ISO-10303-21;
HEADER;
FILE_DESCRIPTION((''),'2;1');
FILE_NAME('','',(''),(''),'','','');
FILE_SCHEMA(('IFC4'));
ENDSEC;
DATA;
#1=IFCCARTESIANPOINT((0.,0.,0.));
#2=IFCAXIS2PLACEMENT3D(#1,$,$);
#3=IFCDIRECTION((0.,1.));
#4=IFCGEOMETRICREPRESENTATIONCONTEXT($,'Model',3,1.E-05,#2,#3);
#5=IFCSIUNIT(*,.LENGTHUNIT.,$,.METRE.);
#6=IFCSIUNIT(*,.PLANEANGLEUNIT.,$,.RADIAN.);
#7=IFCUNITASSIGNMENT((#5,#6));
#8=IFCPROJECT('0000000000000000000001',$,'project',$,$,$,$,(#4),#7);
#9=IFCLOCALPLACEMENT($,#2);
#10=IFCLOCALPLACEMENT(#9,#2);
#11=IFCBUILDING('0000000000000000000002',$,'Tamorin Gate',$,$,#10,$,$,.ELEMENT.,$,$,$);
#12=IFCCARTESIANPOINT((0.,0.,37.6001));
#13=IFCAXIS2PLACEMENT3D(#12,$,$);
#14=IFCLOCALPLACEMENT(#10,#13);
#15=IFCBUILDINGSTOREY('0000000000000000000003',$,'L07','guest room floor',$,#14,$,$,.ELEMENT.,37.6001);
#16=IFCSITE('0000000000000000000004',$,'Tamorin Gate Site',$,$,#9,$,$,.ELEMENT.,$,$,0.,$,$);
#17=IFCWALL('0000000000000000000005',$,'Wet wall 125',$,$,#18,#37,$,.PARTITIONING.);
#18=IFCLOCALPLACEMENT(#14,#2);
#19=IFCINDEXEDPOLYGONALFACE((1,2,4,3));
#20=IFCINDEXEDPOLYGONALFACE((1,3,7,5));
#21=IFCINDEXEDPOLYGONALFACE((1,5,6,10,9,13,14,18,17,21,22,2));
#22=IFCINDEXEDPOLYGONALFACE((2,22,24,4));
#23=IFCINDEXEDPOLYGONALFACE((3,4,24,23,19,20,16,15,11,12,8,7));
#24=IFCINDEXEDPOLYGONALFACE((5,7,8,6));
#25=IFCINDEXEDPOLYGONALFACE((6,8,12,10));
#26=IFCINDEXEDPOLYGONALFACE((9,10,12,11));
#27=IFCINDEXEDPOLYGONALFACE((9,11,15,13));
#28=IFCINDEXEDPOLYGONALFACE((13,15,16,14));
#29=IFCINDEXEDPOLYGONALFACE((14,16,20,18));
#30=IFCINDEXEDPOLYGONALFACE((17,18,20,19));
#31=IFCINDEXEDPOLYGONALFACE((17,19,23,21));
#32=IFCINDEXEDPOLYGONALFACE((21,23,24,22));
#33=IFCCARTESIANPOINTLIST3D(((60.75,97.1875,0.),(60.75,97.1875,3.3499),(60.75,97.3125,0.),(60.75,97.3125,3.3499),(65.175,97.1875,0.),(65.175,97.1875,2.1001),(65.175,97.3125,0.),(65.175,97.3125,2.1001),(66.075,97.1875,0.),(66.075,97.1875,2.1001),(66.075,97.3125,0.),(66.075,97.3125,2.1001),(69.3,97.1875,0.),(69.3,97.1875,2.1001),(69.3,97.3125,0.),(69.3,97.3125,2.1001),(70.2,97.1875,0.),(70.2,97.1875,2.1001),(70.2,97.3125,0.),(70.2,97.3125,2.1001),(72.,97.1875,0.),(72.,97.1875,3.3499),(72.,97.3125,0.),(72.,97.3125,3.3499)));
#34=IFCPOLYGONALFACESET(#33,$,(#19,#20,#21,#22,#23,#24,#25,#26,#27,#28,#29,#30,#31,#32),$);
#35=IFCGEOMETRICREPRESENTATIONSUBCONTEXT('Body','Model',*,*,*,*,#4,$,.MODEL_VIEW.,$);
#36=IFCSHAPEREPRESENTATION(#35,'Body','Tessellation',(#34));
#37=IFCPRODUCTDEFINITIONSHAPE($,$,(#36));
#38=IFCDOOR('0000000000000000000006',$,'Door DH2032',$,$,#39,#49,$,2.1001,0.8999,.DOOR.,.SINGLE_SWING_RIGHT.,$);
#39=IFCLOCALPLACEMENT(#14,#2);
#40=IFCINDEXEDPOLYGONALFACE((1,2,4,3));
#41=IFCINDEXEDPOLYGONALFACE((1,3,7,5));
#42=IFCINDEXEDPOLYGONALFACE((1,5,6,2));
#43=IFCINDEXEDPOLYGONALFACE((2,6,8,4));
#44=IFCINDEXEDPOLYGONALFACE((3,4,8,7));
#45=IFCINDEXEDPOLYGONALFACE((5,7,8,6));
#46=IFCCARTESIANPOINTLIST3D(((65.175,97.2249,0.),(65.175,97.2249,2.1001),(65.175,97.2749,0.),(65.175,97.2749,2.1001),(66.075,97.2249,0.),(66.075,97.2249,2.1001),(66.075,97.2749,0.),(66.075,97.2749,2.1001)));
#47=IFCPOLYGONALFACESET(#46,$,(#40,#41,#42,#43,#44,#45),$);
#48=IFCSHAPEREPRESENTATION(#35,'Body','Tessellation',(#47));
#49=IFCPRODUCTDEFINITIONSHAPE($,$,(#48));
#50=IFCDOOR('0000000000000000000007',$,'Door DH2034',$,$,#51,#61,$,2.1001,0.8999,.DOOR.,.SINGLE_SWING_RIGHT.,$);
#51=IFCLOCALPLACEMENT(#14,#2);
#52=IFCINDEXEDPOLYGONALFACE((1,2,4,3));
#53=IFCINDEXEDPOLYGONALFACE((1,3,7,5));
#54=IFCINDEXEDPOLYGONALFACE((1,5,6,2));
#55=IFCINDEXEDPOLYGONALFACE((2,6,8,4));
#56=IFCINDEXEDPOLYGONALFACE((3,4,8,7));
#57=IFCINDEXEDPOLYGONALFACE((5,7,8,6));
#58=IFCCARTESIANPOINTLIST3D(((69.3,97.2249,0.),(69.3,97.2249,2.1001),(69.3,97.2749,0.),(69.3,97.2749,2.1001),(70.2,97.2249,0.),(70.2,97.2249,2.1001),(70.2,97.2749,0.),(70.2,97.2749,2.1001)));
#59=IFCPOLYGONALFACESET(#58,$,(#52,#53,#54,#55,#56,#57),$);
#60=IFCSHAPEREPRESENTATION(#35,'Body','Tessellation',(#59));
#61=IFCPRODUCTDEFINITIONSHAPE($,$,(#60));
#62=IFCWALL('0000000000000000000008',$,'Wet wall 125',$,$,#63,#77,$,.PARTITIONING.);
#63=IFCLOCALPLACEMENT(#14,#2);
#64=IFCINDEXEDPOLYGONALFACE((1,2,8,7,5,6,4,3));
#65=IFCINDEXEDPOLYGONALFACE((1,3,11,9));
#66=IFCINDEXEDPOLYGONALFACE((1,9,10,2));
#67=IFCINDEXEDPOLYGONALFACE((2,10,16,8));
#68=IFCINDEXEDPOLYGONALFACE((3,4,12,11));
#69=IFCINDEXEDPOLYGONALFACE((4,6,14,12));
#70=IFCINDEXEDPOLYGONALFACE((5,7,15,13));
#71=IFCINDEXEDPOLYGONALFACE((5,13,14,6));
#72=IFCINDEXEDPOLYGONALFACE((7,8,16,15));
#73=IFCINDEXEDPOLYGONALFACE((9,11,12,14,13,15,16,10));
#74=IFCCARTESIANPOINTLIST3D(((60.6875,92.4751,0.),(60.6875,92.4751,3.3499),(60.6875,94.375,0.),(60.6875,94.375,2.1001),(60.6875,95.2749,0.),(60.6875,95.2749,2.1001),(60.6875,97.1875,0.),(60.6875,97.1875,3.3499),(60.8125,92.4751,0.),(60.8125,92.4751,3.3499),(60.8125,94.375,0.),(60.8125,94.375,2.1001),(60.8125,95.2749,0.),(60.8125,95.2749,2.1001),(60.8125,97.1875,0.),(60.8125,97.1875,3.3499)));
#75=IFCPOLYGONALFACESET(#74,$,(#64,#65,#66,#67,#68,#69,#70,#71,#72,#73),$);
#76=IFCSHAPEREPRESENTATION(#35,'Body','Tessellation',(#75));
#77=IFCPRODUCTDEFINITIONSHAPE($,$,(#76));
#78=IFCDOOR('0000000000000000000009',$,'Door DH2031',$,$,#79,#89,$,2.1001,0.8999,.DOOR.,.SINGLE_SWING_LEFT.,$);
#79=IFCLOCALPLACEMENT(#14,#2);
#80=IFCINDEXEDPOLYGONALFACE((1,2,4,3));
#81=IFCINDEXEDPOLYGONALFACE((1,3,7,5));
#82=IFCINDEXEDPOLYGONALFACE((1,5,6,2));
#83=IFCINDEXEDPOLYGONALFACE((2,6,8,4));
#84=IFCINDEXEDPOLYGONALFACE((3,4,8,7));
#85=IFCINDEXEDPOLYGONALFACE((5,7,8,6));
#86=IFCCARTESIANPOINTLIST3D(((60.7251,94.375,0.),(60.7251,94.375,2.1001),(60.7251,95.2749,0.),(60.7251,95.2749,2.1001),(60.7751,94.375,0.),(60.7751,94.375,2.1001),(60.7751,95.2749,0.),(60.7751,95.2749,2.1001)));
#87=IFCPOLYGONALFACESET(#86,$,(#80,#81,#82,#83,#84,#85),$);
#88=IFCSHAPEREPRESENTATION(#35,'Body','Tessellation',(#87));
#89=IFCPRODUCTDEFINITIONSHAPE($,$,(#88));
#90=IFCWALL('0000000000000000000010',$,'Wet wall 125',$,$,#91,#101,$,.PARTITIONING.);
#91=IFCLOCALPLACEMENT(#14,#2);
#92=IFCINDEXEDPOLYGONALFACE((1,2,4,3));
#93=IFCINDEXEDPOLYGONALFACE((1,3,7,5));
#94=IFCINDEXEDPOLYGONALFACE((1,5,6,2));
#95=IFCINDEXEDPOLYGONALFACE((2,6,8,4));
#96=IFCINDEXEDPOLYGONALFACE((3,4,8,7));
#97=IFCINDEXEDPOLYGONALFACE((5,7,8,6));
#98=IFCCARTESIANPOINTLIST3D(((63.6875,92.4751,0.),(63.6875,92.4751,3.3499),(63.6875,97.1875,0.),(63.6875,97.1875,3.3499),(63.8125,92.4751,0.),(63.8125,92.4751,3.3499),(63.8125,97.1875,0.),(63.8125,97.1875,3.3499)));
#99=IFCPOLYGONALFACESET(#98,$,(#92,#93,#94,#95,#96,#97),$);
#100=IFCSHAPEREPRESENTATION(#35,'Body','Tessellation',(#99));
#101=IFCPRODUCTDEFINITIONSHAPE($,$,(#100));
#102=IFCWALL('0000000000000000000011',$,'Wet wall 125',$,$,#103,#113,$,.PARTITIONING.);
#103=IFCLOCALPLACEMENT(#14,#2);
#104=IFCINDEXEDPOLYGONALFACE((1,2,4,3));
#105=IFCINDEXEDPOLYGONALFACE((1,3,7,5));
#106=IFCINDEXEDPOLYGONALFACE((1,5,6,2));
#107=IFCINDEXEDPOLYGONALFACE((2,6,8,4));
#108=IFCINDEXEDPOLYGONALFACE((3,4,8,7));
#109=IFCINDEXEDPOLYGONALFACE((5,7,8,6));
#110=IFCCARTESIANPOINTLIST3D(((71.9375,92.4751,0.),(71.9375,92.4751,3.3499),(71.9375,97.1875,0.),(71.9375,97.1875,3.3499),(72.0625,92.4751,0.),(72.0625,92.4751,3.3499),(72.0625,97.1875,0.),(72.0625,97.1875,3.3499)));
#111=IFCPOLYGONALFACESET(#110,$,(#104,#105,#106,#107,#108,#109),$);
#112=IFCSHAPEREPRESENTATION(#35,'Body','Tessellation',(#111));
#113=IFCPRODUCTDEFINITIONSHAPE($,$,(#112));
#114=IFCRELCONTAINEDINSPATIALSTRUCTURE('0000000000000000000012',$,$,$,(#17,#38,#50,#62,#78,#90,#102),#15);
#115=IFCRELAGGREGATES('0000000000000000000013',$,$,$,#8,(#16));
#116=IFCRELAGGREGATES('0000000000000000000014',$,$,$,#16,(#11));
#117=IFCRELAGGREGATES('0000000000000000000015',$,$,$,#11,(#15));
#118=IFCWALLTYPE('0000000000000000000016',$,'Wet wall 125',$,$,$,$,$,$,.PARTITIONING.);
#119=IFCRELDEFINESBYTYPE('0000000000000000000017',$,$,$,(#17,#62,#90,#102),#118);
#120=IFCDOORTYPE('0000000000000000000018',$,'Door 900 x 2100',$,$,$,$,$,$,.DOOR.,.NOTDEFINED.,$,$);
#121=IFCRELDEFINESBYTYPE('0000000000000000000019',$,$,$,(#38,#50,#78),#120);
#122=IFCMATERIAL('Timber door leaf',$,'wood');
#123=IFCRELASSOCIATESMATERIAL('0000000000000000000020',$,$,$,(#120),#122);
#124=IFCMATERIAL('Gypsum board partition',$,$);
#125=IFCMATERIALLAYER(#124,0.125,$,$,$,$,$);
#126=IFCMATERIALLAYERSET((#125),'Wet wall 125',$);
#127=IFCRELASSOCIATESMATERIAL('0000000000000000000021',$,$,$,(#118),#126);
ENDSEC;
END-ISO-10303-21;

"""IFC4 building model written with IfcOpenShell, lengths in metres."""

from ifc_helpers import new_model, si_unit, direction, frame, frame_2d, origin, place, context, subcontext, project, spatial, rectangle, extrude, material, layer, layer_set, type_object, element, fill, save


model = new_model("IFC4")

# Units and contexts
model_context = context("Model", 3, precision=1e-05, world=origin(), true_north=direction((0.0, 1.0)))
body_context = subcontext(model_context, "Body", "Model", "MODEL_VIEW")
ifc_project = project(units=[si_unit("LENGTHUNIT", "METRE"), si_unit("PLANEANGLEUNIT", "RADIAN")], contexts=[model_context])

# Site, building, storey
site_placement = place(None, origin())
site = spatial("IfcSite", under=ifc_project, at=site_placement, Name="Tamorin Gate Site", CompositionType="ELEMENT", RefElevation=0.0)
building_placement = place(site_placement, origin())
building = spatial("IfcBuilding", under=site, at=building_placement, Name="Tamorin Gate", CompositionType="ELEMENT")
storey_placement = place(building_placement, frame((0.0, 0.0, 37.6001)))
storey = spatial("IfcBuildingStorey", under=building, at=storey_placement, Name="L07", Description="guest room floor", CompositionType="ELEMENT", Elevation=37.6001)

# Shared definitions
ifc_material_1 = material(Name="Gypsum board partition")

# Shared definitions
ifc_material_2 = material(Name="Timber door leaf", Category="wood")
door_type = type_object("IfcDoorType", Name="Door 900 x 2100", OperationType="NOTDEFINED", PredefinedType="DOOR", material=ifc_material_2)

# Wall, openings, doors
ifc_layer_1 = layer(ifc_material_1, 0.125)
ifc_layer_set_1 = layer_set([ifc_layer_1], Name="Wet wall 125")
wall_type_1 = type_object("IfcWallType", Name="Wet wall 125", PredefinedType="PARTITIONING", material=ifc_layer_set_1)
wall_1_placement = place(storey_placement, frame((60.75, 97.25, 0.0), z_axis=(0.0, 0.0, 1.0), x_axis=(1.0, 0.0, 0.0)))
wall_1 = element("IfcWall", 1, at=wall_1_placement, inside=storey, type_object=wall_type_1, Name="Wet wall 125", PredefinedType="PARTITIONING", context=body_context, shape_type="SweptSolid", body=[
    extrude(rectangle(XDim=11.25, YDim=0.125, at=frame_2d((5.625, 0.0))), origin(), (0.0, 0.0, 1.0), 3.3499),
])
opening_1_placement = place(wall_1_placement, frame((4.425, 0.0, 0.0)))
opening_1 = element("IfcOpeningElement", 2, at=opening_1_placement, cuts=wall_1, PredefinedType="OPENING", context=body_context, shape_type="SweptSolid", body=[
    extrude(rectangle(XDim=0.8999, YDim=2.1001, at=frame_2d((0.45, 1.05))), frame((0.0, 0.0725, 0.0), z_axis=(0.0, -1.0, 0.0), x_axis=(1.0, 0.0, 0.0)), (0.0, 0.0, 1.0), 0.145),
])
opening_2_placement = place(wall_1_placement, frame((8.55, 0.0, 0.0)))
opening_2 = element("IfcOpeningElement", 3, at=opening_2_placement, cuts=wall_1, PredefinedType="OPENING", context=body_context, shape_type="SweptSolid", body=[
    extrude(rectangle(XDim=0.8999, YDim=2.1001, at=frame_2d((0.45, 1.05))), frame((0.0, 0.0725, 0.0), z_axis=(0.0, -1.0, 0.0), x_axis=(1.0, 0.0, 0.0)), (0.0, 0.0, 1.0), 0.145),
])
door_1_placement = place(opening_1_placement, origin())
door_1 = element("IfcDoor", 4, at=door_1_placement, inside=storey, type_object=door_type, Name="Door DH2032", OperationType="SINGLE_SWING_RIGHT", OverallHeight=2.1001, OverallWidth=0.8999, PredefinedType="DOOR", context=body_context, shape_type="SweptSolid", body=[
    extrude(rectangle(XDim=0.8999, YDim=2.1001, at=frame_2d((0.45, 1.05))), frame((0.0, 0.0249, 0.0), z_axis=(0.0, -1.0, 0.0), x_axis=(1.0, 0.0, 0.0)), (0.0, 0.0, 1.0), 0.05),
])
fill(opening_1, door_1)
door_2_placement = place(opening_2_placement, origin())
door_2 = element("IfcDoor", 5, at=door_2_placement, inside=storey, type_object=door_type, Name="Door DH2034", OperationType="SINGLE_SWING_RIGHT", OverallHeight=2.1001, OverallWidth=0.8999, PredefinedType="DOOR", context=body_context, shape_type="SweptSolid", body=[
    extrude(rectangle(XDim=0.8999, YDim=2.1001, at=frame_2d((0.45, 1.05))), frame((0.0, 0.0249, 0.0), z_axis=(0.0, -1.0, 0.0), x_axis=(1.0, 0.0, 0.0)), (0.0, 0.0, 1.0), 0.05),
])
fill(opening_2, door_2)

# Wall, opening, door
wall_2_placement = place(storey_placement, frame((60.75, 92.4751, 0.0), z_axis=(0.0, 0.0, 1.0), x_axis=(0.0, 1.0, 0.0)))
wall_2 = element("IfcWall", 6, at=wall_2_placement, inside=storey, type_object=wall_type_1, Name="Wet wall 125", PredefinedType="PARTITIONING", context=body_context, shape_type="SweptSolid", body=[
    extrude(rectangle(XDim=4.7124, YDim=0.125, at=frame_2d((2.3562, 0.0))), origin(), (0.0, 0.0, 1.0), 3.3499),
])
opening_3_placement = place(wall_2_placement, frame((1.8999, 0.0, 0.0)))
opening_3 = element("IfcOpeningElement", 7, at=opening_3_placement, cuts=wall_2, PredefinedType="OPENING", context=body_context, shape_type="SweptSolid", body=[
    extrude(rectangle(XDim=0.8999, YDim=2.1001, at=frame_2d((0.45, 1.05))), frame((0.0, 0.0725, 0.0), z_axis=(0.0, -1.0, 0.0), x_axis=(1.0, 0.0, 0.0)), (0.0, 0.0, 1.0), 0.145),
])
door_3_placement = place(opening_3_placement, origin())
door_3 = element("IfcDoor", 8, at=door_3_placement, inside=storey, type_object=door_type, Name="Door DH2031", OperationType="SINGLE_SWING_LEFT", OverallHeight=2.1001, OverallWidth=0.8999, PredefinedType="DOOR", context=body_context, shape_type="SweptSolid", body=[
    extrude(rectangle(XDim=0.8999, YDim=2.1001, at=frame_2d((0.45, 1.05))), frame((0.0, 0.0249, 0.0), z_axis=(0.0, -1.0, 0.0), x_axis=(1.0, 0.0, 0.0)), (0.0, 0.0, 1.0), 0.05),
])
fill(opening_3, door_3)

# Walls
for number, where, z_axis, x_axis, name in (
    (9, (63.75, 92.4751, 0.0), (0.0, 0.0, 1.0), (0.0, 1.0, 0.0), "Wet wall 125"),
    (10, (72.0, 92.4751, 0.0), (0.0, 0.0, 1.0), (0.0, 1.0, 0.0), "Wet wall 125"),
):
    element("IfcWall", number, at=place(storey_placement, frame(where, z_axis=z_axis, x_axis=x_axis)), inside=storey, type_object=wall_type_1, Name=name, PredefinedType="PARTITIONING", context=body_context, shape_type="SweptSolid", body=[
        extrude(rectangle(XDim=4.7124, YDim=0.125, at=frame_2d((2.3562, 0.0))), origin(), (0.0, 0.0, 1.0), 3.3499),
    ])

save(model, "model.ifc")
